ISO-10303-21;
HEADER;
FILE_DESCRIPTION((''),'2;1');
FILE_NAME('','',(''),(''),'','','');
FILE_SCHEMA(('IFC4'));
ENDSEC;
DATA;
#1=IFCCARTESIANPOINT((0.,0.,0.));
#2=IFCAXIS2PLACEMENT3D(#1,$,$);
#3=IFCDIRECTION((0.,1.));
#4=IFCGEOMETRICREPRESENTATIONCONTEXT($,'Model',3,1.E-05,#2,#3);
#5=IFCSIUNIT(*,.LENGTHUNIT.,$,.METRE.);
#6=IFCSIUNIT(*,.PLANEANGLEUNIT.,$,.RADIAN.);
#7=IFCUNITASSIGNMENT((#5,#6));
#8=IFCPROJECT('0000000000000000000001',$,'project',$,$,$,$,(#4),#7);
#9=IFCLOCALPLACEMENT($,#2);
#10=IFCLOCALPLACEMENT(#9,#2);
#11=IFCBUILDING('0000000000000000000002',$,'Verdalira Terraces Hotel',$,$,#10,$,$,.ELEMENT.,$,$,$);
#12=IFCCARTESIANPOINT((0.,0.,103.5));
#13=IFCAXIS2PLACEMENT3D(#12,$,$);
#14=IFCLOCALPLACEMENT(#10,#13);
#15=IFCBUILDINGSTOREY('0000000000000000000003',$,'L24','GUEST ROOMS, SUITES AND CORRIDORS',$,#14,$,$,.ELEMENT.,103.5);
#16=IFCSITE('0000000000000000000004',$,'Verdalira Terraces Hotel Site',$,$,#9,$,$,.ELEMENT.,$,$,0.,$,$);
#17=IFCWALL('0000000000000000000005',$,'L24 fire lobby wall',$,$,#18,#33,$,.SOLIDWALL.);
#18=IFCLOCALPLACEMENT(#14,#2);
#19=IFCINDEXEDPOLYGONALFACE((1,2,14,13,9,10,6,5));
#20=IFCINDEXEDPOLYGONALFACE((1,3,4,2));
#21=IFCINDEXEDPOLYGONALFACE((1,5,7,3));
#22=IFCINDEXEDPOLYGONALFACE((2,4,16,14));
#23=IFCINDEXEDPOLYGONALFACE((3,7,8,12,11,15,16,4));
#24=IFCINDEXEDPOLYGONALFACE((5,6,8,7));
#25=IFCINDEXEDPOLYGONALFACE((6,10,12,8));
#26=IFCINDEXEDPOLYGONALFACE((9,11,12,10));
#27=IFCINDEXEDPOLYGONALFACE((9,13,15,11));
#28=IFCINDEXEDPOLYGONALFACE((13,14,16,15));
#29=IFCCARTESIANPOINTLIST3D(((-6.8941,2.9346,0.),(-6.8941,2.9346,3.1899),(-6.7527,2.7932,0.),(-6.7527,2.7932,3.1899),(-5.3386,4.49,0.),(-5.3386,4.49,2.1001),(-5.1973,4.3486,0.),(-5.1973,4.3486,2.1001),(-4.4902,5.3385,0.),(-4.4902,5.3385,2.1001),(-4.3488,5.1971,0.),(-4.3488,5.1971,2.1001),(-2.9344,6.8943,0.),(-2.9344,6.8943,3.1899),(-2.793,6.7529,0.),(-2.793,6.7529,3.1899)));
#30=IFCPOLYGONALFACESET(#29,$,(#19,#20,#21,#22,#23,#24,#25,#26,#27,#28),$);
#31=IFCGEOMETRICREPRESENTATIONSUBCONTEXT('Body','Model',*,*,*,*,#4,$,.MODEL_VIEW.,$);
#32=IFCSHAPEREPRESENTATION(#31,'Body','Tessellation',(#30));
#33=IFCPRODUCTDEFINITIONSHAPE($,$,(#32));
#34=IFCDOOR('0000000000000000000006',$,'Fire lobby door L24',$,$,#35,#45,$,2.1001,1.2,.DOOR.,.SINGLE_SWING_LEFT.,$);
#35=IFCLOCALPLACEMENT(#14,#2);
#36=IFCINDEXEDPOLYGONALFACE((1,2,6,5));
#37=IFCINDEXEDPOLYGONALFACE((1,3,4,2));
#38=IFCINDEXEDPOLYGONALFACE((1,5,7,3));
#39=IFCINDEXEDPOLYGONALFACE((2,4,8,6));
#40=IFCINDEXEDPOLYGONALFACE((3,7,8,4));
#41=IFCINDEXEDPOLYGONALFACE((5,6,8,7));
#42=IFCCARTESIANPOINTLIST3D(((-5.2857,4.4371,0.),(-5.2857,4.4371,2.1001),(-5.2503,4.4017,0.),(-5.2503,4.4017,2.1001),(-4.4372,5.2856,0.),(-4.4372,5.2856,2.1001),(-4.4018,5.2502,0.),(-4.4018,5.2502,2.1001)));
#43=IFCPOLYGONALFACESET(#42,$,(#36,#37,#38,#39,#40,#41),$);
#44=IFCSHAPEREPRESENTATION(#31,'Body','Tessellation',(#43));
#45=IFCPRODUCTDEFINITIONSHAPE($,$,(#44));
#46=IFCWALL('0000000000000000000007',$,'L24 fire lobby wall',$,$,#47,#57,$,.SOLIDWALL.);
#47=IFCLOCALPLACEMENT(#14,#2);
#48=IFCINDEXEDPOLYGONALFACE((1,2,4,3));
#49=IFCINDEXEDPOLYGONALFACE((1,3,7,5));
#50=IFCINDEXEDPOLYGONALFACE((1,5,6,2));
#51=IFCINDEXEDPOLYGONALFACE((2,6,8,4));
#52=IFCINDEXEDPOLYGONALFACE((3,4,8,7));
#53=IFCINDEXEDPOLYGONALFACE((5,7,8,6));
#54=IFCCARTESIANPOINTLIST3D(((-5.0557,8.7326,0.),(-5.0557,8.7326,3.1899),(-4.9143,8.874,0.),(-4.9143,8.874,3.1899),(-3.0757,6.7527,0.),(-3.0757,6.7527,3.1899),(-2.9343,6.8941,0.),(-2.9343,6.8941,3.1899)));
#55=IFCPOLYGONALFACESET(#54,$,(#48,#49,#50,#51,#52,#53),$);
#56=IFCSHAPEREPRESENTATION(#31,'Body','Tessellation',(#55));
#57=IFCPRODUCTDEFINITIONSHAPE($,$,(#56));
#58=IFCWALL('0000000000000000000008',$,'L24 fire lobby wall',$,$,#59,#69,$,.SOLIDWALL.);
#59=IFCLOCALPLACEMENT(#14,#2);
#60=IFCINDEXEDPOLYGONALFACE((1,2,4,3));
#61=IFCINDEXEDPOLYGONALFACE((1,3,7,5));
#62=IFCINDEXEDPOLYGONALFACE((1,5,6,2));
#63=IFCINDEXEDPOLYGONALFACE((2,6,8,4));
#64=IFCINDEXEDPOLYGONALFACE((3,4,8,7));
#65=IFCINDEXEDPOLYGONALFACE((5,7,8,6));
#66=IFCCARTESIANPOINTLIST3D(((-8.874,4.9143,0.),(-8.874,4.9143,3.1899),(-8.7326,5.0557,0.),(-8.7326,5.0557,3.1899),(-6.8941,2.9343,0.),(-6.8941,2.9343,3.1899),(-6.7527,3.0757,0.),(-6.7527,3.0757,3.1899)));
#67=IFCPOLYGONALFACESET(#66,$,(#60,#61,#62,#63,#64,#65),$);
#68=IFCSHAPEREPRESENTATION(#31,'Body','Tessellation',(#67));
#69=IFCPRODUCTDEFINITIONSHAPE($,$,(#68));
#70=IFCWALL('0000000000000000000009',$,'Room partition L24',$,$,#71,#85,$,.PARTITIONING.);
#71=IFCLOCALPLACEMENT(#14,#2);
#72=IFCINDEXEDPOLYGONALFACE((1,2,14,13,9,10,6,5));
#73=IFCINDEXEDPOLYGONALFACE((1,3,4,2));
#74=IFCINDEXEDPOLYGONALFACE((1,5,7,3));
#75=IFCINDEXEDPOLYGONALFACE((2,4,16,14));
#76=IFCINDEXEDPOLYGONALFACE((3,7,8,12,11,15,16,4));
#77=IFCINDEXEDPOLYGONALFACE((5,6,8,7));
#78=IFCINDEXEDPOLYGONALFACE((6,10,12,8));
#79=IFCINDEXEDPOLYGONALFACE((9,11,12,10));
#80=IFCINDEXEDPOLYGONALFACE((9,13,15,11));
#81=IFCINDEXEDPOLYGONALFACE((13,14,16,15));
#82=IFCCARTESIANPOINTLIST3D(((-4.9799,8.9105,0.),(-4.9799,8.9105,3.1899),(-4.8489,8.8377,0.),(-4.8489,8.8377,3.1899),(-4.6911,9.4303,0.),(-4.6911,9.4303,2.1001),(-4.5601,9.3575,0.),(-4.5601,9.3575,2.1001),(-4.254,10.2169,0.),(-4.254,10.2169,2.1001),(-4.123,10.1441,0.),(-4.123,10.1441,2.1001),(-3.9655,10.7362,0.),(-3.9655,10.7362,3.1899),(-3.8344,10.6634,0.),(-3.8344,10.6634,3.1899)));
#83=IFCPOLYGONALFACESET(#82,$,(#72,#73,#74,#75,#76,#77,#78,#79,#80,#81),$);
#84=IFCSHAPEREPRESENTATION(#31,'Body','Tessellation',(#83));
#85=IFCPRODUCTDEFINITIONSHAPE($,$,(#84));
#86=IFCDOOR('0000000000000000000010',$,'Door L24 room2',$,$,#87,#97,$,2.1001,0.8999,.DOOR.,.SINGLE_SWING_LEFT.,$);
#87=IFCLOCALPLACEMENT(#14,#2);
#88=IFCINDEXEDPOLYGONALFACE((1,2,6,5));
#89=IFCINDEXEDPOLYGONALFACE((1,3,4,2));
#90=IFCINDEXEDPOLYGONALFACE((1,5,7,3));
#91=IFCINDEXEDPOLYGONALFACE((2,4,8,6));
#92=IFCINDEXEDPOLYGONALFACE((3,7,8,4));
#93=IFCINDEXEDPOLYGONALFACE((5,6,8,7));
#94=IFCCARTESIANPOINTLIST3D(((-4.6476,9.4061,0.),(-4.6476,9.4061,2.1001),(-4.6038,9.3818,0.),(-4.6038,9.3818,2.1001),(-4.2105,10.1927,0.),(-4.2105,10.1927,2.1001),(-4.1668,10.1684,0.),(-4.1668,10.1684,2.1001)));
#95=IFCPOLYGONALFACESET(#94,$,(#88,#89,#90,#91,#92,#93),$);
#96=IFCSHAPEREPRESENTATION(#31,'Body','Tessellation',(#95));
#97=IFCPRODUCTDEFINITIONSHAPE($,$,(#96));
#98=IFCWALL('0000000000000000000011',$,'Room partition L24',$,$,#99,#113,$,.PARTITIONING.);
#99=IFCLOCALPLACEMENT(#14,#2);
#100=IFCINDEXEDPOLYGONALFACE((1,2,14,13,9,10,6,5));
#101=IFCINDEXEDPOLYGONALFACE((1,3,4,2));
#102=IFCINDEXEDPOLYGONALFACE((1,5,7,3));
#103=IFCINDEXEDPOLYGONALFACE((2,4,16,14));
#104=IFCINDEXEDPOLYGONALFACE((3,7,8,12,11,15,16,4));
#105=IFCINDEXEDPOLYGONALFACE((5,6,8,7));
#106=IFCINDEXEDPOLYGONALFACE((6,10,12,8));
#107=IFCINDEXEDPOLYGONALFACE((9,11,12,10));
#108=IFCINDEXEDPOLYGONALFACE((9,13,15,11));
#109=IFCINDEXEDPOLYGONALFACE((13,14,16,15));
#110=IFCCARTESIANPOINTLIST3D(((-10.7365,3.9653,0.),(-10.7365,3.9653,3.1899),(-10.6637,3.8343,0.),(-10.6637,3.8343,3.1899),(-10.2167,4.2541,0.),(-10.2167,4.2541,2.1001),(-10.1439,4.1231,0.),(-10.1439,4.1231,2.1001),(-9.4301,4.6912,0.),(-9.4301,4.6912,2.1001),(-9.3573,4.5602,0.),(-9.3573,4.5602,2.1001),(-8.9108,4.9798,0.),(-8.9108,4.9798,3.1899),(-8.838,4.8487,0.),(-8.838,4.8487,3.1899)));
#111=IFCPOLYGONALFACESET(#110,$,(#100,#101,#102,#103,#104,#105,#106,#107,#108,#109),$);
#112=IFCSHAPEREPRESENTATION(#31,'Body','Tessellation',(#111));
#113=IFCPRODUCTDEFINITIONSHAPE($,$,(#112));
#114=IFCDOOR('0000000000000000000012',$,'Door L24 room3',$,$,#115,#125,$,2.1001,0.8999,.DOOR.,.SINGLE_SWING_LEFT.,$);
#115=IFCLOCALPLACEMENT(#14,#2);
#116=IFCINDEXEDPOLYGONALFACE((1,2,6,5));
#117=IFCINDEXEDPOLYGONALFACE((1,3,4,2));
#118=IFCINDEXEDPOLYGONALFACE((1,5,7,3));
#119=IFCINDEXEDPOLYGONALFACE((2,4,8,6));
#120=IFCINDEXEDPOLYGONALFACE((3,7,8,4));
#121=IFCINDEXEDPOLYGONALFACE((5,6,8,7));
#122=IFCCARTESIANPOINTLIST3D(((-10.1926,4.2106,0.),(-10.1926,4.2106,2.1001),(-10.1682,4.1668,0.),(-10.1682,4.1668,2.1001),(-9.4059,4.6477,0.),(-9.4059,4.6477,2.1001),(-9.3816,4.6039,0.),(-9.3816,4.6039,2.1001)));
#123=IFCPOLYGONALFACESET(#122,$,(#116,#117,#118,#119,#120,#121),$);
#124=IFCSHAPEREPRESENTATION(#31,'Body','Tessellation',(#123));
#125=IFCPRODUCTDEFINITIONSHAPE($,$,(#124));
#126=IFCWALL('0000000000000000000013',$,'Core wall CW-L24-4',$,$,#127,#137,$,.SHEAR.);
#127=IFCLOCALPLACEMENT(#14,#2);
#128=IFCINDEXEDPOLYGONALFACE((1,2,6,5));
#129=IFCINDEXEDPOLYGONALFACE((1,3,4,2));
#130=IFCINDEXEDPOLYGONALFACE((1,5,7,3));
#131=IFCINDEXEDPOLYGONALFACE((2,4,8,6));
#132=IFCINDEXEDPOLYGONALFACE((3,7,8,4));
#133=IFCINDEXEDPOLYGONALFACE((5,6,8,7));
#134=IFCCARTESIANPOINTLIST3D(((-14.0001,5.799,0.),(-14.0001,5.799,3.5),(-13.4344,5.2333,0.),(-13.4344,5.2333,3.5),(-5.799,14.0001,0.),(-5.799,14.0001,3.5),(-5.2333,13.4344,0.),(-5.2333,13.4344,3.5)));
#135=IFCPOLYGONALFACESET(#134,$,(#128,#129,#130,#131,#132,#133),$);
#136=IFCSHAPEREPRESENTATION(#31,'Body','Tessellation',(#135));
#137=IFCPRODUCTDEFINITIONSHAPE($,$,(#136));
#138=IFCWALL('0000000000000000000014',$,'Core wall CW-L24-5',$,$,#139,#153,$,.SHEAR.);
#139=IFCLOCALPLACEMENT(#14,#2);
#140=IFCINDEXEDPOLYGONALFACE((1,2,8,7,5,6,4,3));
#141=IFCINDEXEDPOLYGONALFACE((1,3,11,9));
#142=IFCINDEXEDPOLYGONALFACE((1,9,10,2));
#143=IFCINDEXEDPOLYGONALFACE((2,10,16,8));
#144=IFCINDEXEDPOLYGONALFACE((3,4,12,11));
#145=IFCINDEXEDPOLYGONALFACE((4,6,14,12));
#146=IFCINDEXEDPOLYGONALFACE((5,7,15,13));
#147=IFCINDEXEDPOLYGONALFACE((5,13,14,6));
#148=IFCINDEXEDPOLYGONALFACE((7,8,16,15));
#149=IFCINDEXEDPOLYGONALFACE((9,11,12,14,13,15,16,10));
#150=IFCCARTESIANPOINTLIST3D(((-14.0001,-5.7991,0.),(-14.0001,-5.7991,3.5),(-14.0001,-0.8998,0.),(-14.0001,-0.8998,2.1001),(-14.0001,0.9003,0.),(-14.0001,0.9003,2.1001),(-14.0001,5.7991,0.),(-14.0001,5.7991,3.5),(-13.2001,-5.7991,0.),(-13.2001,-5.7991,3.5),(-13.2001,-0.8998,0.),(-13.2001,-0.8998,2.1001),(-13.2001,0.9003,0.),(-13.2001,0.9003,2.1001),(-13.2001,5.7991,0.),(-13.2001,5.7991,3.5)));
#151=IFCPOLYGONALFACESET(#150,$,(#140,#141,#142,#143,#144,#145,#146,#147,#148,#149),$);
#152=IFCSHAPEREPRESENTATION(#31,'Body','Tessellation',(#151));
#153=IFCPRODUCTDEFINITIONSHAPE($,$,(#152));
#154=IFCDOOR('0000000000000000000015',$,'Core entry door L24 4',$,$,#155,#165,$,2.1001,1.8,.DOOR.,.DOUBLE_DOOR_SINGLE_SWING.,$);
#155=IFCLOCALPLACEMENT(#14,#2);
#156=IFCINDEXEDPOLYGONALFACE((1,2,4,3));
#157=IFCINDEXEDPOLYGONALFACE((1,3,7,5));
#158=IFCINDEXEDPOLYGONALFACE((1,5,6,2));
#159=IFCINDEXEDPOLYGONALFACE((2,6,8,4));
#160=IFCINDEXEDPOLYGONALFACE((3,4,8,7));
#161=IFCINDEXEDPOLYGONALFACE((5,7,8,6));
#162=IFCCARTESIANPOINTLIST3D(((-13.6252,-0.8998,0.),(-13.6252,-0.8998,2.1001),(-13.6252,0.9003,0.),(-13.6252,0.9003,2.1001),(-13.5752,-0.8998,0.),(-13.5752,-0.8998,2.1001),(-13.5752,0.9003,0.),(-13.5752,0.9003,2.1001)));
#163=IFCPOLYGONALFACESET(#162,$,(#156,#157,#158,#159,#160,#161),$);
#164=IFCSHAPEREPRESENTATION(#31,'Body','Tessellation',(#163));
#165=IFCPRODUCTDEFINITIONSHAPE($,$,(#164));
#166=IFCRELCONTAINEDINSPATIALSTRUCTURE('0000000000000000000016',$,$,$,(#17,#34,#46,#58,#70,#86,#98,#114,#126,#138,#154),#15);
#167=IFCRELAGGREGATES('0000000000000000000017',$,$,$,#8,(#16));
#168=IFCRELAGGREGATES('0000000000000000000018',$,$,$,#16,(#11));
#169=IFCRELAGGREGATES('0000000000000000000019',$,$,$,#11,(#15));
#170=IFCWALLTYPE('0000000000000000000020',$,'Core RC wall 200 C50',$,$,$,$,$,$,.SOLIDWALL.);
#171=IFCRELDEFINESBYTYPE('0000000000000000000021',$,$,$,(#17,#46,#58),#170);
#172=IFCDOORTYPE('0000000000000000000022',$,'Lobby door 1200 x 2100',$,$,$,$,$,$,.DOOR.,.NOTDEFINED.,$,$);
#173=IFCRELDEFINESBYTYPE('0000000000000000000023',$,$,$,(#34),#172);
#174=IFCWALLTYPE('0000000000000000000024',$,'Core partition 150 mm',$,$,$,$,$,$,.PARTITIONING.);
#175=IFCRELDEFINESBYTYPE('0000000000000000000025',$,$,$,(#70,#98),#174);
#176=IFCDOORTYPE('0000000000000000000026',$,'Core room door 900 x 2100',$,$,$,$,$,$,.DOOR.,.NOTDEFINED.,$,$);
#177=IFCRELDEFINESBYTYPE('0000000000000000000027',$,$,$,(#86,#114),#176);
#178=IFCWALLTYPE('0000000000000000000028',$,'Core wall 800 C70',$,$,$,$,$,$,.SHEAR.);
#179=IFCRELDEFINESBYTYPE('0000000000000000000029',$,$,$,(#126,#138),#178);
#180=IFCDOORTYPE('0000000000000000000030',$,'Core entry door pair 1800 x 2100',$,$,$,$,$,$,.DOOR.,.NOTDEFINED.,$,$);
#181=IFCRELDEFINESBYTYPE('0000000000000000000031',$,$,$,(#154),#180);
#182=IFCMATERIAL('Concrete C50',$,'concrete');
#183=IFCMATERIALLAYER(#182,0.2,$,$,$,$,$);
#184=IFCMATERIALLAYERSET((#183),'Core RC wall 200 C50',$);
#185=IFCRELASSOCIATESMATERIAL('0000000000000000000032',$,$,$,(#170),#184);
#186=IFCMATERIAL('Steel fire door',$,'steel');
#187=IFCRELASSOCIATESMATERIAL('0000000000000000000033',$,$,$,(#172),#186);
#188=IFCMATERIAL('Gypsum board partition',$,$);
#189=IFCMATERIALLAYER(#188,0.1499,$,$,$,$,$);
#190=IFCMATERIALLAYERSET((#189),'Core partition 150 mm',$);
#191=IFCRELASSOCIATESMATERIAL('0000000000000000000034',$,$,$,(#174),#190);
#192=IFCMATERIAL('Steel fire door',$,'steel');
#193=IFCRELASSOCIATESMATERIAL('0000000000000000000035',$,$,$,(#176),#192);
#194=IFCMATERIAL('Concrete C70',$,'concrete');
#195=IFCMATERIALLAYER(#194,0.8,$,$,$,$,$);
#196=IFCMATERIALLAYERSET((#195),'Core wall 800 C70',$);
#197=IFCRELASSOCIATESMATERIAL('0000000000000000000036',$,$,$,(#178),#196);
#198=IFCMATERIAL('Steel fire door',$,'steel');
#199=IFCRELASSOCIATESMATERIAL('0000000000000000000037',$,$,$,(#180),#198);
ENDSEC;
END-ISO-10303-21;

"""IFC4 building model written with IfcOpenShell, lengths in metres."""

from ifc_helpers import new_model, si_unit, direction, frame, frame_2d, origin, place, context, subcontext, project, spatial, rectangle, extrude, material, layer, layer_set, type_object, element, fill, save


model = new_model("IFC4")

# Units and contexts
model_context = context("Model", 3, precision=1e-05, world=origin(), true_north=direction((0.0, 1.0)))
body_context = subcontext(model_context, "Body", "Model", "MODEL_VIEW")
ifc_project = project(units=[si_unit("LENGTHUNIT", "METRE"), si_unit("PLANEANGLEUNIT", "RADIAN")], contexts=[model_context])

# Site, building, storey
site_placement = place(None, origin())
site = spatial("IfcSite", under=ifc_project, at=site_placement, Name="Verdalira Terraces Hotel Site", CompositionType="ELEMENT", RefElevation=0.0)
building_placement = place(site_placement, origin())
building = spatial("IfcBuilding", under=site, at=building_placement, Name="Verdalira Terraces Hotel", CompositionType="ELEMENT")
storey_placement = place(building_placement, frame((0.0, 0.0, 103.5)))
storey = spatial("IfcBuildingStorey", under=building, at=storey_placement, Name="L24", Description="GUEST ROOMS, SUITES AND CORRIDORS", CompositionType="ELEMENT", Elevation=103.5)

# Wall, opening, door
ifc_material_1 = material(Name="Concrete C50", Category="concrete")
ifc_layer_1 = layer(ifc_material_1, 0.2)
ifc_layer_set_1 = layer_set([ifc_layer_1], Name="Core RC wall 200 C50")
wall_type_1 = type_object("IfcWallType", Name="Core RC wall 200 C50", PredefinedType="SOLIDWALL", material=ifc_layer_set_1)
wall_1_placement = place(storey_placement, frame((-2.8638, 6.8235, 0.0), z_axis=(0.0, 0.0, 1.0), x_axis=(-0.707107, -0.707107, 0.0)))
wall_1 = element("IfcWall", 1, at=wall_1_placement, inside=storey, type_object=wall_type_1, Name="L24 fire lobby wall", PredefinedType="SOLIDWALL", context=body_context, shape_type="SweptSolid", body=[
    extrude(rectangle(XDim=5.5999, YDim=0.2, at=frame_2d((2.7998, 0.0))), origin(), (0.0, 0.0, 1.0), 3.1899),
])
opening_1_placement = place(wall_1_placement, frame((2.2, 0.0, 0.0)))
opening_1 = element("IfcOpeningElement", 2, at=opening_1_placement, cuts=wall_1, PredefinedType="OPENING", context=body_context, shape_type="SweptSolid", body=[
    extrude(rectangle(XDim=1.2, YDim=2.1001, at=frame_2d((0.6001, 1.05))), frame((0.0, 0.1099, 0.0), z_axis=(0.0, -1.0, 0.0), x_axis=(1.0, 0.0, 0.0)), (0.0, 0.0, 1.0), 0.22),
])
ifc_material_2 = material(Name="Steel fire door", Category="steel")
door_type_1 = type_object("IfcDoorType", Name="Lobby door 1200 x 2100", OperationType="NOTDEFINED", PredefinedType="DOOR", material=ifc_material_2)
door_1_placement = place(opening_1_placement, origin())
door_1 = element("IfcDoor", 3, at=door_1_placement, inside=storey, type_object=door_type_1, Name="Fire lobby door L24", OperationType="SINGLE_SWING_LEFT", OverallHeight=2.1001, OverallWidth=1.2, PredefinedType="DOOR", context=body_context, shape_type="SweptSolid", body=[
    extrude(rectangle(XDim=1.2, YDim=2.1001, at=frame_2d((0.6001, 1.05))), frame((0.0, 0.0249, 0.0), z_axis=(0.0, -1.0, 0.0), x_axis=(1.0, 0.0, 0.0)), (0.0, 0.0, 1.0), 0.05),
])
fill(opening_1, door_1)

# Walls
for number, where, z_axis, x_axis, name in (
    (4, (-3.0051, 6.8235, 0.0), (0.0, 0.0, 1.0), (-0.707107, 0.707107, 0.0), "L24 fire lobby wall"),
    (5, (-6.8235, 3.0051, 0.0), (0.0, 0.0, 1.0), (-0.707107, 0.707107, 0.0), "L24 fire lobby wall"),
):
    element("IfcWall", number, at=place(storey_placement, frame(where, z_axis=z_axis, x_axis=x_axis)), inside=storey, type_object=wall_type_1, Name=name, PredefinedType="SOLIDWALL", context=body_context, shape_type="SweptSolid", body=[
        extrude(rectangle(XDim=2.8, YDim=0.2, at=frame_2d((1.3999, 0.0))), origin(), (0.0, 0.0, 1.0), 3.1899),
    ])

# Walls, openings, doors
ifc_material_3 = material(Name="Gypsum board partition")
ifc_layer_2 = layer(ifc_material_3, 0.1499)
ifc_layer_set_2 = layer_set([ifc_layer_2], Name="Core partition 150 mm")
wall_type_2 = type_object("IfcWallType", Name="Core partition 150 mm", PredefinedType="PARTITIONING", material=ifc_layer_set_2)
wall_2_placement = place(storey_placement, frame((-3.8999, 10.7, 0.0), z_axis=(0.0, 0.0, 1.0), x_axis=(-0.485693, -0.87413, 0.0)))
wall_2 = element("IfcWall", 6, at=wall_2_placement, inside=storey, type_object=wall_type_2, Name="Room partition L24", PredefinedType="PARTITIONING", context=body_context, shape_type="SweptSolid", body=[
    extrude(rectangle(XDim=2.0886, YDim=0.1499, at=frame_2d((1.0444, 0.0))), origin(), (0.0, 0.0, 1.0), 3.1899),
])
opening_2_placement = place(wall_2_placement, frame((0.5942, 0.0, 0.0)))
opening_2 = element("IfcOpeningElement", 7, at=opening_2_placement, cuts=wall_2, PredefinedType="OPENING", context=body_context, shape_type="SweptSolid", body=[
    extrude(rectangle(XDim=0.8999, YDim=2.1001, at=frame_2d((0.45, 1.05))), frame((0.0, 0.085, 0.0), z_axis=(0.0, -1.0, 0.0), x_axis=(1.0, 0.0, 0.0)), (0.0, 0.0, 1.0), 0.1699),
])
ifc_material_4 = material(Name="Steel fire door", Category="steel")
door_type_2 = type_object("IfcDoorType", Name="Core room door 900 x 2100", OperationType="NOTDEFINED", PredefinedType="DOOR", material=ifc_material_4)
door_2_placement = place(opening_2_placement, origin())
door_2 = element("IfcDoor", 8, at=door_2_placement, inside=storey, type_object=door_type_2, Name="Door L24 room2", OperationType="SINGLE_SWING_LEFT", OverallHeight=2.1001, OverallWidth=0.8999, PredefinedType="DOOR", context=body_context, shape_type="SweptSolid", body=[
    extrude(rectangle(XDim=0.8999, YDim=2.1001, at=frame_2d((0.45, 1.05))), frame((0.0, 0.0249, 0.0), z_axis=(0.0, -1.0, 0.0), x_axis=(1.0, 0.0, 0.0)), (0.0, 0.0, 1.0), 0.05),
])
fill(opening_2, door_2)
wall_3_placement = place(storey_placement, frame((-8.8743, 4.9143, 0.0), z_axis=(0.0, 0.0, 1.0), x_axis=(-0.87413, -0.485693, 0.0)))
wall_3 = element("IfcWall", 9, at=wall_3_placement, inside=storey, type_object=wall_type_2, Name="Room partition L24", PredefinedType="PARTITIONING", context=body_context, shape_type="SweptSolid", body=[
    extrude(rectangle(XDim=2.0886, YDim=0.1499, at=frame_2d((1.0444, 0.0))), origin(), (0.0, 0.0, 1.0), 3.1899),
])
opening_3_placement = place(wall_3_placement, frame((0.5942, 0.0, 0.0)))
opening_3 = element("IfcOpeningElement", 10, at=opening_3_placement, cuts=wall_3, PredefinedType="OPENING", context=body_context, shape_type="SweptSolid", body=[
    extrude(rectangle(XDim=0.8999, YDim=2.1001, at=frame_2d((0.45, 1.05))), frame((0.0, 0.085, 0.0), z_axis=(0.0, -1.0, 0.0), x_axis=(1.0, 0.0, 0.0)), (0.0, 0.0, 1.0), 0.1699),
])
door_3_placement = place(opening_3_placement, origin())
door_3 = element("IfcDoor", 11, at=door_3_placement, inside=storey, type_object=door_type_2, Name="Door L24 room3", OperationType="SINGLE_SWING_LEFT", OverallHeight=2.1001, OverallWidth=0.8999, PredefinedType="DOOR", context=body_context, shape_type="SweptSolid", body=[
    extrude(rectangle(XDim=0.8999, YDim=2.1001, at=frame_2d((0.45, 1.05))), frame((0.0, 0.0249, 0.0), z_axis=(0.0, -1.0, 0.0), x_axis=(1.0, 0.0, 0.0)), (0.0, 0.0, 1.0), 0.05),
])
fill(opening_3, door_3)

# Wall
ifc_material_5 = material(Name="Concrete C70", Category="concrete")
ifc_layer_3 = layer(ifc_material_5, 0.8)
ifc_layer_set_3 = layer_set([ifc_layer_3], Name="Core wall 800 C70")
wall_type_3 = type_object("IfcWallType", Name="Core wall 800 C70", PredefinedType="SHEAR", material=ifc_layer_set_3)
wall_4_placement = place(storey_placement, frame((-5.5161, 13.7173, 0.0), z_axis=(0.0, 0.0, 1.0), x_axis=(-0.707107, -0.707107, 0.0)))
element("IfcWall", 12, at=wall_4_placement, inside=storey, type_object=wall_type_3, Name="Core wall CW-L24-4", PredefinedType="SHEAR", context=body_context, shape_type="SweptSolid", body=[
    extrude(rectangle(XDim=11.5981, YDim=0.8, at=frame_2d((5.7991, 0.0))), origin(), (0.0, 0.0, 1.0), 3.5),
])

# Wall, opening, door
wall_5_placement = place(storey_placement, frame((-13.6001, 5.7991, 0.0), z_axis=(0.0, 0.0, 1.0), x_axis=(0.0, -1.0, 0.0)))
wall_5 = element("IfcWall", 13, at=wall_5_placement, inside=storey, type_object=wall_type_3, Name="Core wall CW-L24-5", PredefinedType="SHEAR", context=body_context, shape_type="SweptSolid", body=[
    extrude(rectangle(XDim=11.5981, YDim=0.8, at=frame_2d((5.7991, 0.0))), origin(), (0.0, 0.0, 1.0), 3.5),
])
opening_4_placement = place(wall_5_placement, frame((4.8989, 0.0, 0.0)))
opening_4 = element("IfcOpeningElement", 14, at=opening_4_placement, cuts=wall_5, PredefinedType="OPENING", context=body_context, shape_type="SweptSolid", body=[
    extrude(rectangle(XDim=1.8, YDim=2.1001, at=frame_2d((0.8999, 1.05))), frame((0.0, 0.4099, 0.0), z_axis=(0.0, -1.0, 0.0), x_axis=(1.0, 0.0, 0.0)), (0.0, 0.0, 1.0), 0.8201),
])
ifc_material_6 = material(Name="Steel fire door", Category="steel")
door_type_3 = type_object("IfcDoorType", Name="Core entry door pair 1800 x 2100", OperationType="NOTDEFINED", PredefinedType="DOOR", material=ifc_material_6)
door_4_placement = place(opening_4_placement, origin())
door_4 = element("IfcDoor", 15, at=door_4_placement, inside=storey, type_object=door_type_3, Name="Core entry door L24 4", OperationType="DOUBLE_DOOR_SINGLE_SWING", OverallHeight=2.1001, OverallWidth=1.8, PredefinedType="DOOR", context=body_context, shape_type="SweptSolid", body=[
    extrude(rectangle(XDim=1.8, YDim=2.1001, at=frame_2d((0.8999, 1.05))), frame((0.0, 0.0249, 0.0), z_axis=(0.0, -1.0, 0.0), x_axis=(1.0, 0.0, 0.0)), (0.0, 0.0, 1.0), 0.05),
])
fill(opening_4, door_4)

save(model, "model.ifc")
